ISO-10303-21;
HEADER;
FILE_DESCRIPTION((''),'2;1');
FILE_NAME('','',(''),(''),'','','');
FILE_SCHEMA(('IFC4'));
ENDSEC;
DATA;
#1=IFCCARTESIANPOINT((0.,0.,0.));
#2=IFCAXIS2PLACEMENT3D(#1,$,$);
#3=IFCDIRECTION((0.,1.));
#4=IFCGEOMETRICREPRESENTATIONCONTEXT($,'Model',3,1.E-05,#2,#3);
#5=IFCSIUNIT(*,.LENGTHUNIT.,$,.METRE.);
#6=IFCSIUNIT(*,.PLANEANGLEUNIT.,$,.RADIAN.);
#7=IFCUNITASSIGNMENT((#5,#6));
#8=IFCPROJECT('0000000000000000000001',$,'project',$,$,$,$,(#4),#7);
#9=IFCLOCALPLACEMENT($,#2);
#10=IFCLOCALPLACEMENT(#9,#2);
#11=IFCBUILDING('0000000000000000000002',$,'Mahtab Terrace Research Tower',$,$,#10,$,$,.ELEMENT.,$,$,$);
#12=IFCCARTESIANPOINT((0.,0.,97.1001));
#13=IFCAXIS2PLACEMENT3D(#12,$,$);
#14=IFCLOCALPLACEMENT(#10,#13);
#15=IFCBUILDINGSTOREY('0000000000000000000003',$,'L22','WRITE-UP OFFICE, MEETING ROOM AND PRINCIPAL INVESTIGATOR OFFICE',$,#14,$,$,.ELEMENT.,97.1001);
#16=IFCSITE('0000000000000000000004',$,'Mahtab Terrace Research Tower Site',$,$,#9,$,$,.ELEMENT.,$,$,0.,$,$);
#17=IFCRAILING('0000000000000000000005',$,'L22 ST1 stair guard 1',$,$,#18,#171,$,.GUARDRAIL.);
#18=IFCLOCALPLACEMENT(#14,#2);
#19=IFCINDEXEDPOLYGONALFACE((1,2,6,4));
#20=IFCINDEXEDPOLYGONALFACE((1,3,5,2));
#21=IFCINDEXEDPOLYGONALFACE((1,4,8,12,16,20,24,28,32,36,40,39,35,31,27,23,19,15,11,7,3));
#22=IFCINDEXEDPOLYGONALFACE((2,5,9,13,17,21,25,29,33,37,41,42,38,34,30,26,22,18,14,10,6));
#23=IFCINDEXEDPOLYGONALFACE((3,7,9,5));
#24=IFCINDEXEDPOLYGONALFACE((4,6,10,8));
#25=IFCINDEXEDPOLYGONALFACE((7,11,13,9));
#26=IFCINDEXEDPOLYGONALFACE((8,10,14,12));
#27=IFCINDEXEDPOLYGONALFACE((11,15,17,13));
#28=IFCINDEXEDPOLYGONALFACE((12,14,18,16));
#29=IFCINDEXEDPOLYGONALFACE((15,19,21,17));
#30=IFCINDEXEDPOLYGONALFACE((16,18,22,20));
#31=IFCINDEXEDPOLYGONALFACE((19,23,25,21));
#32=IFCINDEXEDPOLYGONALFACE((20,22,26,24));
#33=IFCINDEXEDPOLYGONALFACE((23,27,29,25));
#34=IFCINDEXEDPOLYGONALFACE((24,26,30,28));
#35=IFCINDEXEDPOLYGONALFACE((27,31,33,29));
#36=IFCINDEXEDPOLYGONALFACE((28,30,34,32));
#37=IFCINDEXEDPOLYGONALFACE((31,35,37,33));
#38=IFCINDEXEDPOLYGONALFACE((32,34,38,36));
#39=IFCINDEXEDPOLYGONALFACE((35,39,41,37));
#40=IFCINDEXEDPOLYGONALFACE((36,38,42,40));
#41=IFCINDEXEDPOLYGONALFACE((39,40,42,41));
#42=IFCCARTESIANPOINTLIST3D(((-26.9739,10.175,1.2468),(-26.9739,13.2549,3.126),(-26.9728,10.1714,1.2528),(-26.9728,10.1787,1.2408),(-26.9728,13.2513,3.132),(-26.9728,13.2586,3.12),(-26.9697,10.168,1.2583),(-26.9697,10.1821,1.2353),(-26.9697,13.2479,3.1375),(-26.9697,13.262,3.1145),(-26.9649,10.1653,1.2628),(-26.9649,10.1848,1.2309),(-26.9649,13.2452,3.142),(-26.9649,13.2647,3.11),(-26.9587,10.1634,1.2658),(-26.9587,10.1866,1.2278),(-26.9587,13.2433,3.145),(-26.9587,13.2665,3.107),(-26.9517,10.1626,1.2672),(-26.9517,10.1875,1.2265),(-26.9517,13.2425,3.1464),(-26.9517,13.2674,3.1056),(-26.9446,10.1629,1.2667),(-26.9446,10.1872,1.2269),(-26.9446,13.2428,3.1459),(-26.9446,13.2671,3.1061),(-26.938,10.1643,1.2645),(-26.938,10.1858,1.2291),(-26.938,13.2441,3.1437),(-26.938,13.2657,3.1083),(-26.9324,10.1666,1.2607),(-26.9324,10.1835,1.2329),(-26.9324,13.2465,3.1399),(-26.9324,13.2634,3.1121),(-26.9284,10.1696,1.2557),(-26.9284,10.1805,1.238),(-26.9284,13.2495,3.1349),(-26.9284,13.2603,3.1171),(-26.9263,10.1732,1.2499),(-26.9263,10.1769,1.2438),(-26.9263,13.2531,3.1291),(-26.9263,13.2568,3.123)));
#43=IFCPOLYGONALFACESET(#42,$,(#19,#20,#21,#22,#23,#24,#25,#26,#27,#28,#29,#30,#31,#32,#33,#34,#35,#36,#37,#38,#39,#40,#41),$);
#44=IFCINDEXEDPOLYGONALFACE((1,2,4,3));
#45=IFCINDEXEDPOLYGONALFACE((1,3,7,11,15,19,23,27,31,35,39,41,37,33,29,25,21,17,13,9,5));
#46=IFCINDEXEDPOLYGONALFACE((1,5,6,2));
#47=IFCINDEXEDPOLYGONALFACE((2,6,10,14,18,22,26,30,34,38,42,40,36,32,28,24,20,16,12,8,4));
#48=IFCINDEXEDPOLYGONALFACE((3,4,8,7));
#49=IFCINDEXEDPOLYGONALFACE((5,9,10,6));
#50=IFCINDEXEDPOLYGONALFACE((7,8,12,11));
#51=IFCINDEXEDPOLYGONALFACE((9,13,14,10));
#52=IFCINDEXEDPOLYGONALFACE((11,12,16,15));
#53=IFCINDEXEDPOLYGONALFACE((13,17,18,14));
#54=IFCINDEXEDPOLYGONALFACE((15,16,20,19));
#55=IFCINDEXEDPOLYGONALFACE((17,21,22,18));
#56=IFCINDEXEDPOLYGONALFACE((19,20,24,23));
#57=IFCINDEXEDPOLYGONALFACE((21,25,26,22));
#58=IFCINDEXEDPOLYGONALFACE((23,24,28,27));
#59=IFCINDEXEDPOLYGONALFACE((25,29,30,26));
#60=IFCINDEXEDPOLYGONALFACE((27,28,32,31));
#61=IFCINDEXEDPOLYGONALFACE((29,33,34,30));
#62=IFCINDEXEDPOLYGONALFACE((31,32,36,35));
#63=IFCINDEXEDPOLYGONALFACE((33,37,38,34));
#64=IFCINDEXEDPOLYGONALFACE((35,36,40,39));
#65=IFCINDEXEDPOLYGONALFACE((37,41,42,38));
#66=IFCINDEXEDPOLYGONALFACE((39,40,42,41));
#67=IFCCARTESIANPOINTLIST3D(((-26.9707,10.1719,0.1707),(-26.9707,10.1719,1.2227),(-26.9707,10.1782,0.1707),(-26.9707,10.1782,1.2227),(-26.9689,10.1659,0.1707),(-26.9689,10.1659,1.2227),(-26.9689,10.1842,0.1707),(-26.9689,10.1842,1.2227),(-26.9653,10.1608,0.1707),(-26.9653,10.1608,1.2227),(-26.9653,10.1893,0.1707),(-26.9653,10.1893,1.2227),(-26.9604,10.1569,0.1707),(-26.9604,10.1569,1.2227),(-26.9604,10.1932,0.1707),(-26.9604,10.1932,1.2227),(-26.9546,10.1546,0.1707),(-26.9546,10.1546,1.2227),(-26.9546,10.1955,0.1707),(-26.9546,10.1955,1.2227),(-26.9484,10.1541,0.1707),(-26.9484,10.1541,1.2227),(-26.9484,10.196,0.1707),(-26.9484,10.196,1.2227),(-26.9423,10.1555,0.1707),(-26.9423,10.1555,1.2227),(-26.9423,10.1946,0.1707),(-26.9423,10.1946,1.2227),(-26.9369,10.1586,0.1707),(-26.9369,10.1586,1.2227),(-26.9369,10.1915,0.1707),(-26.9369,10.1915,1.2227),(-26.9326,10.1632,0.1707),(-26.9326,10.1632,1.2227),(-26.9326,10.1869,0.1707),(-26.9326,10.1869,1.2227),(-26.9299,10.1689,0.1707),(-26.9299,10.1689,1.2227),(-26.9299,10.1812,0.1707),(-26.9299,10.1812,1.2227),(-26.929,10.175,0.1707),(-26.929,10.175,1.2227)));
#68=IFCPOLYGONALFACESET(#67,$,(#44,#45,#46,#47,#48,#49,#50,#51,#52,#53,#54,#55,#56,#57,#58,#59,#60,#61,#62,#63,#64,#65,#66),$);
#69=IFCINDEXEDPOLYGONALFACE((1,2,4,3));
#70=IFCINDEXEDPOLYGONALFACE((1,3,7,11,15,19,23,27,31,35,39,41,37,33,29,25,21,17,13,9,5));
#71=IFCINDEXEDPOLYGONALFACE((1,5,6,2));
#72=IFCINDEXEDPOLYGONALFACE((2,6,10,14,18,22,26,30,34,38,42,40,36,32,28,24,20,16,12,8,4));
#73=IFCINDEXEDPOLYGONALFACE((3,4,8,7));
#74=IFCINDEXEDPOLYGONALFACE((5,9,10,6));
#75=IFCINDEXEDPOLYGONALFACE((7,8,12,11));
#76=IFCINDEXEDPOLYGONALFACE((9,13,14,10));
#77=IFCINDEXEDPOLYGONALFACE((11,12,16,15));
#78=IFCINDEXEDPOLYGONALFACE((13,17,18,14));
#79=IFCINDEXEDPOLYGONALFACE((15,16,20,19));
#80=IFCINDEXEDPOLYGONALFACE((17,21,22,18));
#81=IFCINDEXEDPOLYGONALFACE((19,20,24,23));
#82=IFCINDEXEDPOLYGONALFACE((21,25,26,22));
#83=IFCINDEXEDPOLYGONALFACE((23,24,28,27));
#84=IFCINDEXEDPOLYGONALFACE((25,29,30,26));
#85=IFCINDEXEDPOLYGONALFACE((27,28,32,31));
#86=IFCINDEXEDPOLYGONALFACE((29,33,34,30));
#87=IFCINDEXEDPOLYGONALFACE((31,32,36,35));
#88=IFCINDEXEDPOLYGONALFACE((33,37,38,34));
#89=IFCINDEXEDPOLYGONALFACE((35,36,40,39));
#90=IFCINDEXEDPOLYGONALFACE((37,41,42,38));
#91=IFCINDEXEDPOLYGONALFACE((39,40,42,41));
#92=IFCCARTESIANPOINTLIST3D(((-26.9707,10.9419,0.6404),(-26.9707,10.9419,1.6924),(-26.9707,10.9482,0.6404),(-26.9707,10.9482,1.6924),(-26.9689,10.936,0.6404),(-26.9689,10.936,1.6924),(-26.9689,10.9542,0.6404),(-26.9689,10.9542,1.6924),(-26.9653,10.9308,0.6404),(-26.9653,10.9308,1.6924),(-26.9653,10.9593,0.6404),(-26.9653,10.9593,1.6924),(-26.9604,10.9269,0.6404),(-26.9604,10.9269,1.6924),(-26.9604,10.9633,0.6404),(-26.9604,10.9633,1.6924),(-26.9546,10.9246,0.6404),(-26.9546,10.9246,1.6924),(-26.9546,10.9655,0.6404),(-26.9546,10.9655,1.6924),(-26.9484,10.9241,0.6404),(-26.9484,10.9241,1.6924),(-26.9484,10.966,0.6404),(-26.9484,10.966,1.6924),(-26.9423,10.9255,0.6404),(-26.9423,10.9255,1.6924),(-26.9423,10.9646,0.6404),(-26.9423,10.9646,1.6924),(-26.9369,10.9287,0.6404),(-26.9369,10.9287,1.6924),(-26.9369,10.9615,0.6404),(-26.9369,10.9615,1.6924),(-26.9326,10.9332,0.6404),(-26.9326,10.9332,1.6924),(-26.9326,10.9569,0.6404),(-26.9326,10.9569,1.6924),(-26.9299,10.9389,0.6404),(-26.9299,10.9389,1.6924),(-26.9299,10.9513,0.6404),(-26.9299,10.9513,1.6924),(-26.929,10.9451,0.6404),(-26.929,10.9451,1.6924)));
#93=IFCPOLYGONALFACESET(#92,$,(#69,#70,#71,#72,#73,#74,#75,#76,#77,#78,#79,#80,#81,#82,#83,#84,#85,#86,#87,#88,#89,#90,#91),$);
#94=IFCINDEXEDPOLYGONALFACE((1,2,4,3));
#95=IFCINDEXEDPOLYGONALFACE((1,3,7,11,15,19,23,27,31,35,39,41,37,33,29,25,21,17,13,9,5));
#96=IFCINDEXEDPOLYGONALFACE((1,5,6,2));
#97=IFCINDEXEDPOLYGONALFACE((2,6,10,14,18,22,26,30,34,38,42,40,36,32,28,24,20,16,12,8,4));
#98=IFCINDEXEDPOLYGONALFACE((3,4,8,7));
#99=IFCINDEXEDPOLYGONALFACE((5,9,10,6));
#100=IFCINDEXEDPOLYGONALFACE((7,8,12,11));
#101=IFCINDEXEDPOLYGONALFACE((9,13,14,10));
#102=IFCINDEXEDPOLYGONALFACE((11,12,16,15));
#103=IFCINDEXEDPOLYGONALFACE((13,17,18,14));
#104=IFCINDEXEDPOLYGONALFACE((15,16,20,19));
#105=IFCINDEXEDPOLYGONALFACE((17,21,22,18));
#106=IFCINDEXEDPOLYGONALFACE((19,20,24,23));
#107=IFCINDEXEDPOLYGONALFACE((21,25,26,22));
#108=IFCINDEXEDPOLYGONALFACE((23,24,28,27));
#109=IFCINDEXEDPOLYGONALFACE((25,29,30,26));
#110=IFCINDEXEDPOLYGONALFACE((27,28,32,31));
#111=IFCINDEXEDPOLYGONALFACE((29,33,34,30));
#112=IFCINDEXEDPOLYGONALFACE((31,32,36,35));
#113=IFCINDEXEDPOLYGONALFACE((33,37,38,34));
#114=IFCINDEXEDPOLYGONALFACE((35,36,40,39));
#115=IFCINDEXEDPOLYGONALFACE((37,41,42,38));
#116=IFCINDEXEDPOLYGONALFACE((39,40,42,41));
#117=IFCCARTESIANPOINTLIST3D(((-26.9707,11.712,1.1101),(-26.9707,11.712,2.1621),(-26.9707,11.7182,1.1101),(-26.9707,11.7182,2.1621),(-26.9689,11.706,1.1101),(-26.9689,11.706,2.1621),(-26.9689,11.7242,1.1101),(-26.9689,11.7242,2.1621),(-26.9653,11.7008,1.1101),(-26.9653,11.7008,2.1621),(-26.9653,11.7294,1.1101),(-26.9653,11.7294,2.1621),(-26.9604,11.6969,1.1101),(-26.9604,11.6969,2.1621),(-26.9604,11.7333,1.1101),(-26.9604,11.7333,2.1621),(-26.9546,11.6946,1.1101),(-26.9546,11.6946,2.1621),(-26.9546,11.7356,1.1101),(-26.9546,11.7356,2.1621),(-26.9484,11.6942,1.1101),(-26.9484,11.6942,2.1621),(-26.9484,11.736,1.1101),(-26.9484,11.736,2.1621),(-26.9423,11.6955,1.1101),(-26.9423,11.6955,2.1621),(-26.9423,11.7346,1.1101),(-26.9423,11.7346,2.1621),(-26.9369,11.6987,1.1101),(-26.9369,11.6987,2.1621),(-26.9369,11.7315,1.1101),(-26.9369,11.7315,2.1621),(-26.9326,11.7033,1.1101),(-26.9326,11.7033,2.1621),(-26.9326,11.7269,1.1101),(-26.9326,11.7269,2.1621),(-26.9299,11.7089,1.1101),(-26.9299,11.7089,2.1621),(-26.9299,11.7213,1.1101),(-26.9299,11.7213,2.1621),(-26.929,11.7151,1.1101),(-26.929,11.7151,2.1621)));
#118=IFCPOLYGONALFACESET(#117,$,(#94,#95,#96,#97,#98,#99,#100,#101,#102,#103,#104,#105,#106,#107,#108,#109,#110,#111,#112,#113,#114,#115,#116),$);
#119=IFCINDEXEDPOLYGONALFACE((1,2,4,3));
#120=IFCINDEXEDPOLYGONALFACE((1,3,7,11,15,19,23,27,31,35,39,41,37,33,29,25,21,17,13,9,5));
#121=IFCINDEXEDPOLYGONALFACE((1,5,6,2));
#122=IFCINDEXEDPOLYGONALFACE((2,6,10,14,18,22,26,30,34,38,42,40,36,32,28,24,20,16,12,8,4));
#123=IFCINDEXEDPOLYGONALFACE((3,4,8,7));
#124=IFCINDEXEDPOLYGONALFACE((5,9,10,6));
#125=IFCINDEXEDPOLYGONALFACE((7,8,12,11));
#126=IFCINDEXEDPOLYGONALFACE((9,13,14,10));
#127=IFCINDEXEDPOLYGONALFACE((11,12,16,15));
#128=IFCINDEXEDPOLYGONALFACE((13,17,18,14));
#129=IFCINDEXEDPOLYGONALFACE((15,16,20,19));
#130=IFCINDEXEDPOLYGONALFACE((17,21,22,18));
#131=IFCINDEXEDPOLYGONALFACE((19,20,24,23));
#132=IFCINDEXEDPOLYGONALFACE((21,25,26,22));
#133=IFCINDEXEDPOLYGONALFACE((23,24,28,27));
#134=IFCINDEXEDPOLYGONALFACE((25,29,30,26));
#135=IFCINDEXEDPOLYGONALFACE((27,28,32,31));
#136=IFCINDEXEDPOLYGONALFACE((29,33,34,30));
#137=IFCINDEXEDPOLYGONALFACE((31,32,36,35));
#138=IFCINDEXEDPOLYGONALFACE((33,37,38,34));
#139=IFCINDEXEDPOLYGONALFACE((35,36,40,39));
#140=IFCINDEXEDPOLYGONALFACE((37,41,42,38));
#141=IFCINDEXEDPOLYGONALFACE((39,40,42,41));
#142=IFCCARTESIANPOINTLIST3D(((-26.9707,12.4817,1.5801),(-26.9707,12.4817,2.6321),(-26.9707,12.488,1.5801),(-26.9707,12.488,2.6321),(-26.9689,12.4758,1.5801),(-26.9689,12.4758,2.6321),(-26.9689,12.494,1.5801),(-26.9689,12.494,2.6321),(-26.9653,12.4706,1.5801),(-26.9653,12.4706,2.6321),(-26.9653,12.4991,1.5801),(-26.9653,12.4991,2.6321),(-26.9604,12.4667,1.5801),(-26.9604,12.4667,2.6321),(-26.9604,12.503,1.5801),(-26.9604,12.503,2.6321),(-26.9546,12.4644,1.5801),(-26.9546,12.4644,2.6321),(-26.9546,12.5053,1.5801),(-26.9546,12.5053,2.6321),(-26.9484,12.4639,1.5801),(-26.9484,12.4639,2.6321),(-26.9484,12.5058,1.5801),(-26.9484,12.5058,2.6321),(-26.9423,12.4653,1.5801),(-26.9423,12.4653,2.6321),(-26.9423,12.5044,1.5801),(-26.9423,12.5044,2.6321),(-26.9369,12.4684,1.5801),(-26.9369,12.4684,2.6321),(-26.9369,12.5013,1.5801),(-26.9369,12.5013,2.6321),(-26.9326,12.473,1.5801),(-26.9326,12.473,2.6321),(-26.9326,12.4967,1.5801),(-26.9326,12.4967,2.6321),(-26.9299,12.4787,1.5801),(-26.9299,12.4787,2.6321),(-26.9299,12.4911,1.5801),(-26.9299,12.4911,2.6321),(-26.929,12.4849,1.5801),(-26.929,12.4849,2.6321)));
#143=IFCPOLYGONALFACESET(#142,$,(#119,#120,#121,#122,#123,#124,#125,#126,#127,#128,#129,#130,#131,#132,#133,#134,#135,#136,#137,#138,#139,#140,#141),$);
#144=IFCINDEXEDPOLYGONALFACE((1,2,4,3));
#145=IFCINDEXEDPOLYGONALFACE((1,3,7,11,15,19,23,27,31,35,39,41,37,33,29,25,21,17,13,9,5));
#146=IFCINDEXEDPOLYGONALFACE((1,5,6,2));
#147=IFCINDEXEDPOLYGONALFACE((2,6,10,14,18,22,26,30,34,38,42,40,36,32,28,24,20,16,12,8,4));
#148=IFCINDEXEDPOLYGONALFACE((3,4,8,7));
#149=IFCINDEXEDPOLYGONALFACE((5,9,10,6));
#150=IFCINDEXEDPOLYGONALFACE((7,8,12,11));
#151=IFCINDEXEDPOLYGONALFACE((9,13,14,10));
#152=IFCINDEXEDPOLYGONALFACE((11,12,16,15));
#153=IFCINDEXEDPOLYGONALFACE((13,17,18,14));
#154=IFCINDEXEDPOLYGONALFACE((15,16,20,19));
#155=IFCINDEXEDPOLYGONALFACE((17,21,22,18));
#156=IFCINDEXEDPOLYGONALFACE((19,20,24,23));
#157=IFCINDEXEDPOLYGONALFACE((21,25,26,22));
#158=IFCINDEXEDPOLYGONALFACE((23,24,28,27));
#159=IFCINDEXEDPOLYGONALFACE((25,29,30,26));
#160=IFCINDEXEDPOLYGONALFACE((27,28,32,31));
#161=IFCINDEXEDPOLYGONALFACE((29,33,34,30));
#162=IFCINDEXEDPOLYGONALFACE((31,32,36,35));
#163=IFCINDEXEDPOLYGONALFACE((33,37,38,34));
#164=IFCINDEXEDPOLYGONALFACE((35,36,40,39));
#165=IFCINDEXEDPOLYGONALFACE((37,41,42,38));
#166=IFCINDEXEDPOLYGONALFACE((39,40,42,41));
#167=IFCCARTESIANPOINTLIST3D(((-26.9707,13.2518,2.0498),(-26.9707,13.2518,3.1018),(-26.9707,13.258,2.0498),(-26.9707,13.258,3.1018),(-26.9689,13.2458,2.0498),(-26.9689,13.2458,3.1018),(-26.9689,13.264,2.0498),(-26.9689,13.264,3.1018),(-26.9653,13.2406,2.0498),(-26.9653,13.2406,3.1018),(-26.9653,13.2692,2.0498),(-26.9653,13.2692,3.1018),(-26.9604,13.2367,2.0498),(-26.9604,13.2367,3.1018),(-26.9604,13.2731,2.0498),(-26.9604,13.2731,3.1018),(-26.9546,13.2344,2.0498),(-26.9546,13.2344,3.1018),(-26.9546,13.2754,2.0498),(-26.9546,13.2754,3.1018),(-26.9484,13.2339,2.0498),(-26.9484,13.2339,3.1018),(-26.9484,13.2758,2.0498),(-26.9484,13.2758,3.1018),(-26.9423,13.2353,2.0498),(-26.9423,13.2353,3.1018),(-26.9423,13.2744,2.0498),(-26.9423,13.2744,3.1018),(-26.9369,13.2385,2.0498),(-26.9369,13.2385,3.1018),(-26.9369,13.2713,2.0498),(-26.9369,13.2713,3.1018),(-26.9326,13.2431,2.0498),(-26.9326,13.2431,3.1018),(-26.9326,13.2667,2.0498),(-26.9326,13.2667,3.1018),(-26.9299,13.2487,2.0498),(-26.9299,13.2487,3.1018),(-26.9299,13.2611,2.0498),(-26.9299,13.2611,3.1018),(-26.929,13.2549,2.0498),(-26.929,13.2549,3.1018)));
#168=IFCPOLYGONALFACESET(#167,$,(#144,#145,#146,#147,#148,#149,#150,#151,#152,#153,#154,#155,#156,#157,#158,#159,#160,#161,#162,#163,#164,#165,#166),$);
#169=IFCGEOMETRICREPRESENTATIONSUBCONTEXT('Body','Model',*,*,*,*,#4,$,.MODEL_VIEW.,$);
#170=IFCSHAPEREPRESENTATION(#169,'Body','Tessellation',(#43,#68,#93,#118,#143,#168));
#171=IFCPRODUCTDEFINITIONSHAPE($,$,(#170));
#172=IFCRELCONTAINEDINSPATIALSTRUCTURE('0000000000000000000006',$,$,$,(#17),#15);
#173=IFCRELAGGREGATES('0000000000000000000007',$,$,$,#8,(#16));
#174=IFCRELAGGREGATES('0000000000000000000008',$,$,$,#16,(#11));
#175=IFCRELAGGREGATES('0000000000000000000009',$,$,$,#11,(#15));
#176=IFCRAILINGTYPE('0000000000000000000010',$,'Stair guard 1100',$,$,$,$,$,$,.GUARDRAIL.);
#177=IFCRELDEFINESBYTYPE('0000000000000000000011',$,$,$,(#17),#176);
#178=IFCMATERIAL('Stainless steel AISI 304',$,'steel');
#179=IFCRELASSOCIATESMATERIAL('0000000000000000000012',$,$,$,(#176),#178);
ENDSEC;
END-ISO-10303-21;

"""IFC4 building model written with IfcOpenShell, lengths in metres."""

from ifc_helpers import new_model, si_unit, direction, frame, origin, origin_2d, place, context, subcontext, project, spatial, circle, extrude, material, type_object, element, save


model = new_model("IFC4")

# Units and contexts
model_context = context("Model", 3, precision=1e-05, world=origin(), true_north=direction((0.0, 1.0)))
body_context = subcontext(model_context, "Body", "Model", "MODEL_VIEW")
ifc_project = project(units=[si_unit("LENGTHUNIT", "METRE"), si_unit("PLANEANGLEUNIT", "RADIAN")], contexts=[model_context])

# Site, building, storey
site_placement = place(None, origin())
site = spatial("IfcSite", under=ifc_project, at=site_placement, Name="Mahtab Terrace Research Tower Site", CompositionType="ELEMENT", RefElevation=0.0)
building_placement = place(site_placement, origin())
building = spatial("IfcBuilding", under=site, at=building_placement, Name="Mahtab Terrace Research Tower", CompositionType="ELEMENT")
storey_placement = place(building_placement, frame((0.0, 0.0, 97.1001)))
storey = spatial("IfcBuildingStorey", under=building, at=storey_placement, Name="L22", Description="WRITE-UP OFFICE, MEETING ROOM AND PRINCIPAL INVESTIGATOR OFFICE", CompositionType="ELEMENT", Elevation=97.1001)

# Railing
ifc_material_1 = material(Name="Stainless steel AISI 304", Category="steel")
railing_type_1 = type_object("IfcRailingType", Name="Stair guard 1100", PredefinedType="GUARDRAIL", material=ifc_material_1)
railing_1_placement = place(storey_placement, frame((-26.95, 10.175, 0.1707)))
element("IfcRailing", 1, at=railing_1_placement, inside=storey, type_object=railing_type_1, Name="L22 ST1 stair guard 1", PredefinedType="GUARDRAIL", context=body_context, shape_type="SweptSolid", body=[
    extrude(circle(Radius=0.0239, at=origin_2d()), frame((0.0, 0.0, 1.0762), z_axis=(0.0, 0.853648, 0.52085), x_axis=(-1.0, 0.0, 0.0)), (0.0, 0.0, 1.0), 3.6079),
    extrude(circle(Radius=0.021, at=origin_2d()), origin(), (0.0, 0.0, 1.0), 1.052),
    extrude(circle(Radius=0.021, at=origin_2d()), frame((0.0, 0.77, 0.4697)), (0.0, 0.0, 1.0), 1.052),
    extrude(circle(Radius=0.021, at=origin_2d()), frame((0.0, 1.54, 0.9395)), (0.0, 0.0, 1.0), 1.052),
    extrude(circle(Radius=0.021, at=origin_2d()), frame((0.0, 2.3098, 1.4094)), (0.0, 0.0, 1.0), 1.052),
    extrude(circle(Radius=0.021, at=origin_2d()), frame((0.0, 3.0798, 1.8792)), (0.0, 0.0, 1.0), 1.052),
])

save(model, "model.ifc")
